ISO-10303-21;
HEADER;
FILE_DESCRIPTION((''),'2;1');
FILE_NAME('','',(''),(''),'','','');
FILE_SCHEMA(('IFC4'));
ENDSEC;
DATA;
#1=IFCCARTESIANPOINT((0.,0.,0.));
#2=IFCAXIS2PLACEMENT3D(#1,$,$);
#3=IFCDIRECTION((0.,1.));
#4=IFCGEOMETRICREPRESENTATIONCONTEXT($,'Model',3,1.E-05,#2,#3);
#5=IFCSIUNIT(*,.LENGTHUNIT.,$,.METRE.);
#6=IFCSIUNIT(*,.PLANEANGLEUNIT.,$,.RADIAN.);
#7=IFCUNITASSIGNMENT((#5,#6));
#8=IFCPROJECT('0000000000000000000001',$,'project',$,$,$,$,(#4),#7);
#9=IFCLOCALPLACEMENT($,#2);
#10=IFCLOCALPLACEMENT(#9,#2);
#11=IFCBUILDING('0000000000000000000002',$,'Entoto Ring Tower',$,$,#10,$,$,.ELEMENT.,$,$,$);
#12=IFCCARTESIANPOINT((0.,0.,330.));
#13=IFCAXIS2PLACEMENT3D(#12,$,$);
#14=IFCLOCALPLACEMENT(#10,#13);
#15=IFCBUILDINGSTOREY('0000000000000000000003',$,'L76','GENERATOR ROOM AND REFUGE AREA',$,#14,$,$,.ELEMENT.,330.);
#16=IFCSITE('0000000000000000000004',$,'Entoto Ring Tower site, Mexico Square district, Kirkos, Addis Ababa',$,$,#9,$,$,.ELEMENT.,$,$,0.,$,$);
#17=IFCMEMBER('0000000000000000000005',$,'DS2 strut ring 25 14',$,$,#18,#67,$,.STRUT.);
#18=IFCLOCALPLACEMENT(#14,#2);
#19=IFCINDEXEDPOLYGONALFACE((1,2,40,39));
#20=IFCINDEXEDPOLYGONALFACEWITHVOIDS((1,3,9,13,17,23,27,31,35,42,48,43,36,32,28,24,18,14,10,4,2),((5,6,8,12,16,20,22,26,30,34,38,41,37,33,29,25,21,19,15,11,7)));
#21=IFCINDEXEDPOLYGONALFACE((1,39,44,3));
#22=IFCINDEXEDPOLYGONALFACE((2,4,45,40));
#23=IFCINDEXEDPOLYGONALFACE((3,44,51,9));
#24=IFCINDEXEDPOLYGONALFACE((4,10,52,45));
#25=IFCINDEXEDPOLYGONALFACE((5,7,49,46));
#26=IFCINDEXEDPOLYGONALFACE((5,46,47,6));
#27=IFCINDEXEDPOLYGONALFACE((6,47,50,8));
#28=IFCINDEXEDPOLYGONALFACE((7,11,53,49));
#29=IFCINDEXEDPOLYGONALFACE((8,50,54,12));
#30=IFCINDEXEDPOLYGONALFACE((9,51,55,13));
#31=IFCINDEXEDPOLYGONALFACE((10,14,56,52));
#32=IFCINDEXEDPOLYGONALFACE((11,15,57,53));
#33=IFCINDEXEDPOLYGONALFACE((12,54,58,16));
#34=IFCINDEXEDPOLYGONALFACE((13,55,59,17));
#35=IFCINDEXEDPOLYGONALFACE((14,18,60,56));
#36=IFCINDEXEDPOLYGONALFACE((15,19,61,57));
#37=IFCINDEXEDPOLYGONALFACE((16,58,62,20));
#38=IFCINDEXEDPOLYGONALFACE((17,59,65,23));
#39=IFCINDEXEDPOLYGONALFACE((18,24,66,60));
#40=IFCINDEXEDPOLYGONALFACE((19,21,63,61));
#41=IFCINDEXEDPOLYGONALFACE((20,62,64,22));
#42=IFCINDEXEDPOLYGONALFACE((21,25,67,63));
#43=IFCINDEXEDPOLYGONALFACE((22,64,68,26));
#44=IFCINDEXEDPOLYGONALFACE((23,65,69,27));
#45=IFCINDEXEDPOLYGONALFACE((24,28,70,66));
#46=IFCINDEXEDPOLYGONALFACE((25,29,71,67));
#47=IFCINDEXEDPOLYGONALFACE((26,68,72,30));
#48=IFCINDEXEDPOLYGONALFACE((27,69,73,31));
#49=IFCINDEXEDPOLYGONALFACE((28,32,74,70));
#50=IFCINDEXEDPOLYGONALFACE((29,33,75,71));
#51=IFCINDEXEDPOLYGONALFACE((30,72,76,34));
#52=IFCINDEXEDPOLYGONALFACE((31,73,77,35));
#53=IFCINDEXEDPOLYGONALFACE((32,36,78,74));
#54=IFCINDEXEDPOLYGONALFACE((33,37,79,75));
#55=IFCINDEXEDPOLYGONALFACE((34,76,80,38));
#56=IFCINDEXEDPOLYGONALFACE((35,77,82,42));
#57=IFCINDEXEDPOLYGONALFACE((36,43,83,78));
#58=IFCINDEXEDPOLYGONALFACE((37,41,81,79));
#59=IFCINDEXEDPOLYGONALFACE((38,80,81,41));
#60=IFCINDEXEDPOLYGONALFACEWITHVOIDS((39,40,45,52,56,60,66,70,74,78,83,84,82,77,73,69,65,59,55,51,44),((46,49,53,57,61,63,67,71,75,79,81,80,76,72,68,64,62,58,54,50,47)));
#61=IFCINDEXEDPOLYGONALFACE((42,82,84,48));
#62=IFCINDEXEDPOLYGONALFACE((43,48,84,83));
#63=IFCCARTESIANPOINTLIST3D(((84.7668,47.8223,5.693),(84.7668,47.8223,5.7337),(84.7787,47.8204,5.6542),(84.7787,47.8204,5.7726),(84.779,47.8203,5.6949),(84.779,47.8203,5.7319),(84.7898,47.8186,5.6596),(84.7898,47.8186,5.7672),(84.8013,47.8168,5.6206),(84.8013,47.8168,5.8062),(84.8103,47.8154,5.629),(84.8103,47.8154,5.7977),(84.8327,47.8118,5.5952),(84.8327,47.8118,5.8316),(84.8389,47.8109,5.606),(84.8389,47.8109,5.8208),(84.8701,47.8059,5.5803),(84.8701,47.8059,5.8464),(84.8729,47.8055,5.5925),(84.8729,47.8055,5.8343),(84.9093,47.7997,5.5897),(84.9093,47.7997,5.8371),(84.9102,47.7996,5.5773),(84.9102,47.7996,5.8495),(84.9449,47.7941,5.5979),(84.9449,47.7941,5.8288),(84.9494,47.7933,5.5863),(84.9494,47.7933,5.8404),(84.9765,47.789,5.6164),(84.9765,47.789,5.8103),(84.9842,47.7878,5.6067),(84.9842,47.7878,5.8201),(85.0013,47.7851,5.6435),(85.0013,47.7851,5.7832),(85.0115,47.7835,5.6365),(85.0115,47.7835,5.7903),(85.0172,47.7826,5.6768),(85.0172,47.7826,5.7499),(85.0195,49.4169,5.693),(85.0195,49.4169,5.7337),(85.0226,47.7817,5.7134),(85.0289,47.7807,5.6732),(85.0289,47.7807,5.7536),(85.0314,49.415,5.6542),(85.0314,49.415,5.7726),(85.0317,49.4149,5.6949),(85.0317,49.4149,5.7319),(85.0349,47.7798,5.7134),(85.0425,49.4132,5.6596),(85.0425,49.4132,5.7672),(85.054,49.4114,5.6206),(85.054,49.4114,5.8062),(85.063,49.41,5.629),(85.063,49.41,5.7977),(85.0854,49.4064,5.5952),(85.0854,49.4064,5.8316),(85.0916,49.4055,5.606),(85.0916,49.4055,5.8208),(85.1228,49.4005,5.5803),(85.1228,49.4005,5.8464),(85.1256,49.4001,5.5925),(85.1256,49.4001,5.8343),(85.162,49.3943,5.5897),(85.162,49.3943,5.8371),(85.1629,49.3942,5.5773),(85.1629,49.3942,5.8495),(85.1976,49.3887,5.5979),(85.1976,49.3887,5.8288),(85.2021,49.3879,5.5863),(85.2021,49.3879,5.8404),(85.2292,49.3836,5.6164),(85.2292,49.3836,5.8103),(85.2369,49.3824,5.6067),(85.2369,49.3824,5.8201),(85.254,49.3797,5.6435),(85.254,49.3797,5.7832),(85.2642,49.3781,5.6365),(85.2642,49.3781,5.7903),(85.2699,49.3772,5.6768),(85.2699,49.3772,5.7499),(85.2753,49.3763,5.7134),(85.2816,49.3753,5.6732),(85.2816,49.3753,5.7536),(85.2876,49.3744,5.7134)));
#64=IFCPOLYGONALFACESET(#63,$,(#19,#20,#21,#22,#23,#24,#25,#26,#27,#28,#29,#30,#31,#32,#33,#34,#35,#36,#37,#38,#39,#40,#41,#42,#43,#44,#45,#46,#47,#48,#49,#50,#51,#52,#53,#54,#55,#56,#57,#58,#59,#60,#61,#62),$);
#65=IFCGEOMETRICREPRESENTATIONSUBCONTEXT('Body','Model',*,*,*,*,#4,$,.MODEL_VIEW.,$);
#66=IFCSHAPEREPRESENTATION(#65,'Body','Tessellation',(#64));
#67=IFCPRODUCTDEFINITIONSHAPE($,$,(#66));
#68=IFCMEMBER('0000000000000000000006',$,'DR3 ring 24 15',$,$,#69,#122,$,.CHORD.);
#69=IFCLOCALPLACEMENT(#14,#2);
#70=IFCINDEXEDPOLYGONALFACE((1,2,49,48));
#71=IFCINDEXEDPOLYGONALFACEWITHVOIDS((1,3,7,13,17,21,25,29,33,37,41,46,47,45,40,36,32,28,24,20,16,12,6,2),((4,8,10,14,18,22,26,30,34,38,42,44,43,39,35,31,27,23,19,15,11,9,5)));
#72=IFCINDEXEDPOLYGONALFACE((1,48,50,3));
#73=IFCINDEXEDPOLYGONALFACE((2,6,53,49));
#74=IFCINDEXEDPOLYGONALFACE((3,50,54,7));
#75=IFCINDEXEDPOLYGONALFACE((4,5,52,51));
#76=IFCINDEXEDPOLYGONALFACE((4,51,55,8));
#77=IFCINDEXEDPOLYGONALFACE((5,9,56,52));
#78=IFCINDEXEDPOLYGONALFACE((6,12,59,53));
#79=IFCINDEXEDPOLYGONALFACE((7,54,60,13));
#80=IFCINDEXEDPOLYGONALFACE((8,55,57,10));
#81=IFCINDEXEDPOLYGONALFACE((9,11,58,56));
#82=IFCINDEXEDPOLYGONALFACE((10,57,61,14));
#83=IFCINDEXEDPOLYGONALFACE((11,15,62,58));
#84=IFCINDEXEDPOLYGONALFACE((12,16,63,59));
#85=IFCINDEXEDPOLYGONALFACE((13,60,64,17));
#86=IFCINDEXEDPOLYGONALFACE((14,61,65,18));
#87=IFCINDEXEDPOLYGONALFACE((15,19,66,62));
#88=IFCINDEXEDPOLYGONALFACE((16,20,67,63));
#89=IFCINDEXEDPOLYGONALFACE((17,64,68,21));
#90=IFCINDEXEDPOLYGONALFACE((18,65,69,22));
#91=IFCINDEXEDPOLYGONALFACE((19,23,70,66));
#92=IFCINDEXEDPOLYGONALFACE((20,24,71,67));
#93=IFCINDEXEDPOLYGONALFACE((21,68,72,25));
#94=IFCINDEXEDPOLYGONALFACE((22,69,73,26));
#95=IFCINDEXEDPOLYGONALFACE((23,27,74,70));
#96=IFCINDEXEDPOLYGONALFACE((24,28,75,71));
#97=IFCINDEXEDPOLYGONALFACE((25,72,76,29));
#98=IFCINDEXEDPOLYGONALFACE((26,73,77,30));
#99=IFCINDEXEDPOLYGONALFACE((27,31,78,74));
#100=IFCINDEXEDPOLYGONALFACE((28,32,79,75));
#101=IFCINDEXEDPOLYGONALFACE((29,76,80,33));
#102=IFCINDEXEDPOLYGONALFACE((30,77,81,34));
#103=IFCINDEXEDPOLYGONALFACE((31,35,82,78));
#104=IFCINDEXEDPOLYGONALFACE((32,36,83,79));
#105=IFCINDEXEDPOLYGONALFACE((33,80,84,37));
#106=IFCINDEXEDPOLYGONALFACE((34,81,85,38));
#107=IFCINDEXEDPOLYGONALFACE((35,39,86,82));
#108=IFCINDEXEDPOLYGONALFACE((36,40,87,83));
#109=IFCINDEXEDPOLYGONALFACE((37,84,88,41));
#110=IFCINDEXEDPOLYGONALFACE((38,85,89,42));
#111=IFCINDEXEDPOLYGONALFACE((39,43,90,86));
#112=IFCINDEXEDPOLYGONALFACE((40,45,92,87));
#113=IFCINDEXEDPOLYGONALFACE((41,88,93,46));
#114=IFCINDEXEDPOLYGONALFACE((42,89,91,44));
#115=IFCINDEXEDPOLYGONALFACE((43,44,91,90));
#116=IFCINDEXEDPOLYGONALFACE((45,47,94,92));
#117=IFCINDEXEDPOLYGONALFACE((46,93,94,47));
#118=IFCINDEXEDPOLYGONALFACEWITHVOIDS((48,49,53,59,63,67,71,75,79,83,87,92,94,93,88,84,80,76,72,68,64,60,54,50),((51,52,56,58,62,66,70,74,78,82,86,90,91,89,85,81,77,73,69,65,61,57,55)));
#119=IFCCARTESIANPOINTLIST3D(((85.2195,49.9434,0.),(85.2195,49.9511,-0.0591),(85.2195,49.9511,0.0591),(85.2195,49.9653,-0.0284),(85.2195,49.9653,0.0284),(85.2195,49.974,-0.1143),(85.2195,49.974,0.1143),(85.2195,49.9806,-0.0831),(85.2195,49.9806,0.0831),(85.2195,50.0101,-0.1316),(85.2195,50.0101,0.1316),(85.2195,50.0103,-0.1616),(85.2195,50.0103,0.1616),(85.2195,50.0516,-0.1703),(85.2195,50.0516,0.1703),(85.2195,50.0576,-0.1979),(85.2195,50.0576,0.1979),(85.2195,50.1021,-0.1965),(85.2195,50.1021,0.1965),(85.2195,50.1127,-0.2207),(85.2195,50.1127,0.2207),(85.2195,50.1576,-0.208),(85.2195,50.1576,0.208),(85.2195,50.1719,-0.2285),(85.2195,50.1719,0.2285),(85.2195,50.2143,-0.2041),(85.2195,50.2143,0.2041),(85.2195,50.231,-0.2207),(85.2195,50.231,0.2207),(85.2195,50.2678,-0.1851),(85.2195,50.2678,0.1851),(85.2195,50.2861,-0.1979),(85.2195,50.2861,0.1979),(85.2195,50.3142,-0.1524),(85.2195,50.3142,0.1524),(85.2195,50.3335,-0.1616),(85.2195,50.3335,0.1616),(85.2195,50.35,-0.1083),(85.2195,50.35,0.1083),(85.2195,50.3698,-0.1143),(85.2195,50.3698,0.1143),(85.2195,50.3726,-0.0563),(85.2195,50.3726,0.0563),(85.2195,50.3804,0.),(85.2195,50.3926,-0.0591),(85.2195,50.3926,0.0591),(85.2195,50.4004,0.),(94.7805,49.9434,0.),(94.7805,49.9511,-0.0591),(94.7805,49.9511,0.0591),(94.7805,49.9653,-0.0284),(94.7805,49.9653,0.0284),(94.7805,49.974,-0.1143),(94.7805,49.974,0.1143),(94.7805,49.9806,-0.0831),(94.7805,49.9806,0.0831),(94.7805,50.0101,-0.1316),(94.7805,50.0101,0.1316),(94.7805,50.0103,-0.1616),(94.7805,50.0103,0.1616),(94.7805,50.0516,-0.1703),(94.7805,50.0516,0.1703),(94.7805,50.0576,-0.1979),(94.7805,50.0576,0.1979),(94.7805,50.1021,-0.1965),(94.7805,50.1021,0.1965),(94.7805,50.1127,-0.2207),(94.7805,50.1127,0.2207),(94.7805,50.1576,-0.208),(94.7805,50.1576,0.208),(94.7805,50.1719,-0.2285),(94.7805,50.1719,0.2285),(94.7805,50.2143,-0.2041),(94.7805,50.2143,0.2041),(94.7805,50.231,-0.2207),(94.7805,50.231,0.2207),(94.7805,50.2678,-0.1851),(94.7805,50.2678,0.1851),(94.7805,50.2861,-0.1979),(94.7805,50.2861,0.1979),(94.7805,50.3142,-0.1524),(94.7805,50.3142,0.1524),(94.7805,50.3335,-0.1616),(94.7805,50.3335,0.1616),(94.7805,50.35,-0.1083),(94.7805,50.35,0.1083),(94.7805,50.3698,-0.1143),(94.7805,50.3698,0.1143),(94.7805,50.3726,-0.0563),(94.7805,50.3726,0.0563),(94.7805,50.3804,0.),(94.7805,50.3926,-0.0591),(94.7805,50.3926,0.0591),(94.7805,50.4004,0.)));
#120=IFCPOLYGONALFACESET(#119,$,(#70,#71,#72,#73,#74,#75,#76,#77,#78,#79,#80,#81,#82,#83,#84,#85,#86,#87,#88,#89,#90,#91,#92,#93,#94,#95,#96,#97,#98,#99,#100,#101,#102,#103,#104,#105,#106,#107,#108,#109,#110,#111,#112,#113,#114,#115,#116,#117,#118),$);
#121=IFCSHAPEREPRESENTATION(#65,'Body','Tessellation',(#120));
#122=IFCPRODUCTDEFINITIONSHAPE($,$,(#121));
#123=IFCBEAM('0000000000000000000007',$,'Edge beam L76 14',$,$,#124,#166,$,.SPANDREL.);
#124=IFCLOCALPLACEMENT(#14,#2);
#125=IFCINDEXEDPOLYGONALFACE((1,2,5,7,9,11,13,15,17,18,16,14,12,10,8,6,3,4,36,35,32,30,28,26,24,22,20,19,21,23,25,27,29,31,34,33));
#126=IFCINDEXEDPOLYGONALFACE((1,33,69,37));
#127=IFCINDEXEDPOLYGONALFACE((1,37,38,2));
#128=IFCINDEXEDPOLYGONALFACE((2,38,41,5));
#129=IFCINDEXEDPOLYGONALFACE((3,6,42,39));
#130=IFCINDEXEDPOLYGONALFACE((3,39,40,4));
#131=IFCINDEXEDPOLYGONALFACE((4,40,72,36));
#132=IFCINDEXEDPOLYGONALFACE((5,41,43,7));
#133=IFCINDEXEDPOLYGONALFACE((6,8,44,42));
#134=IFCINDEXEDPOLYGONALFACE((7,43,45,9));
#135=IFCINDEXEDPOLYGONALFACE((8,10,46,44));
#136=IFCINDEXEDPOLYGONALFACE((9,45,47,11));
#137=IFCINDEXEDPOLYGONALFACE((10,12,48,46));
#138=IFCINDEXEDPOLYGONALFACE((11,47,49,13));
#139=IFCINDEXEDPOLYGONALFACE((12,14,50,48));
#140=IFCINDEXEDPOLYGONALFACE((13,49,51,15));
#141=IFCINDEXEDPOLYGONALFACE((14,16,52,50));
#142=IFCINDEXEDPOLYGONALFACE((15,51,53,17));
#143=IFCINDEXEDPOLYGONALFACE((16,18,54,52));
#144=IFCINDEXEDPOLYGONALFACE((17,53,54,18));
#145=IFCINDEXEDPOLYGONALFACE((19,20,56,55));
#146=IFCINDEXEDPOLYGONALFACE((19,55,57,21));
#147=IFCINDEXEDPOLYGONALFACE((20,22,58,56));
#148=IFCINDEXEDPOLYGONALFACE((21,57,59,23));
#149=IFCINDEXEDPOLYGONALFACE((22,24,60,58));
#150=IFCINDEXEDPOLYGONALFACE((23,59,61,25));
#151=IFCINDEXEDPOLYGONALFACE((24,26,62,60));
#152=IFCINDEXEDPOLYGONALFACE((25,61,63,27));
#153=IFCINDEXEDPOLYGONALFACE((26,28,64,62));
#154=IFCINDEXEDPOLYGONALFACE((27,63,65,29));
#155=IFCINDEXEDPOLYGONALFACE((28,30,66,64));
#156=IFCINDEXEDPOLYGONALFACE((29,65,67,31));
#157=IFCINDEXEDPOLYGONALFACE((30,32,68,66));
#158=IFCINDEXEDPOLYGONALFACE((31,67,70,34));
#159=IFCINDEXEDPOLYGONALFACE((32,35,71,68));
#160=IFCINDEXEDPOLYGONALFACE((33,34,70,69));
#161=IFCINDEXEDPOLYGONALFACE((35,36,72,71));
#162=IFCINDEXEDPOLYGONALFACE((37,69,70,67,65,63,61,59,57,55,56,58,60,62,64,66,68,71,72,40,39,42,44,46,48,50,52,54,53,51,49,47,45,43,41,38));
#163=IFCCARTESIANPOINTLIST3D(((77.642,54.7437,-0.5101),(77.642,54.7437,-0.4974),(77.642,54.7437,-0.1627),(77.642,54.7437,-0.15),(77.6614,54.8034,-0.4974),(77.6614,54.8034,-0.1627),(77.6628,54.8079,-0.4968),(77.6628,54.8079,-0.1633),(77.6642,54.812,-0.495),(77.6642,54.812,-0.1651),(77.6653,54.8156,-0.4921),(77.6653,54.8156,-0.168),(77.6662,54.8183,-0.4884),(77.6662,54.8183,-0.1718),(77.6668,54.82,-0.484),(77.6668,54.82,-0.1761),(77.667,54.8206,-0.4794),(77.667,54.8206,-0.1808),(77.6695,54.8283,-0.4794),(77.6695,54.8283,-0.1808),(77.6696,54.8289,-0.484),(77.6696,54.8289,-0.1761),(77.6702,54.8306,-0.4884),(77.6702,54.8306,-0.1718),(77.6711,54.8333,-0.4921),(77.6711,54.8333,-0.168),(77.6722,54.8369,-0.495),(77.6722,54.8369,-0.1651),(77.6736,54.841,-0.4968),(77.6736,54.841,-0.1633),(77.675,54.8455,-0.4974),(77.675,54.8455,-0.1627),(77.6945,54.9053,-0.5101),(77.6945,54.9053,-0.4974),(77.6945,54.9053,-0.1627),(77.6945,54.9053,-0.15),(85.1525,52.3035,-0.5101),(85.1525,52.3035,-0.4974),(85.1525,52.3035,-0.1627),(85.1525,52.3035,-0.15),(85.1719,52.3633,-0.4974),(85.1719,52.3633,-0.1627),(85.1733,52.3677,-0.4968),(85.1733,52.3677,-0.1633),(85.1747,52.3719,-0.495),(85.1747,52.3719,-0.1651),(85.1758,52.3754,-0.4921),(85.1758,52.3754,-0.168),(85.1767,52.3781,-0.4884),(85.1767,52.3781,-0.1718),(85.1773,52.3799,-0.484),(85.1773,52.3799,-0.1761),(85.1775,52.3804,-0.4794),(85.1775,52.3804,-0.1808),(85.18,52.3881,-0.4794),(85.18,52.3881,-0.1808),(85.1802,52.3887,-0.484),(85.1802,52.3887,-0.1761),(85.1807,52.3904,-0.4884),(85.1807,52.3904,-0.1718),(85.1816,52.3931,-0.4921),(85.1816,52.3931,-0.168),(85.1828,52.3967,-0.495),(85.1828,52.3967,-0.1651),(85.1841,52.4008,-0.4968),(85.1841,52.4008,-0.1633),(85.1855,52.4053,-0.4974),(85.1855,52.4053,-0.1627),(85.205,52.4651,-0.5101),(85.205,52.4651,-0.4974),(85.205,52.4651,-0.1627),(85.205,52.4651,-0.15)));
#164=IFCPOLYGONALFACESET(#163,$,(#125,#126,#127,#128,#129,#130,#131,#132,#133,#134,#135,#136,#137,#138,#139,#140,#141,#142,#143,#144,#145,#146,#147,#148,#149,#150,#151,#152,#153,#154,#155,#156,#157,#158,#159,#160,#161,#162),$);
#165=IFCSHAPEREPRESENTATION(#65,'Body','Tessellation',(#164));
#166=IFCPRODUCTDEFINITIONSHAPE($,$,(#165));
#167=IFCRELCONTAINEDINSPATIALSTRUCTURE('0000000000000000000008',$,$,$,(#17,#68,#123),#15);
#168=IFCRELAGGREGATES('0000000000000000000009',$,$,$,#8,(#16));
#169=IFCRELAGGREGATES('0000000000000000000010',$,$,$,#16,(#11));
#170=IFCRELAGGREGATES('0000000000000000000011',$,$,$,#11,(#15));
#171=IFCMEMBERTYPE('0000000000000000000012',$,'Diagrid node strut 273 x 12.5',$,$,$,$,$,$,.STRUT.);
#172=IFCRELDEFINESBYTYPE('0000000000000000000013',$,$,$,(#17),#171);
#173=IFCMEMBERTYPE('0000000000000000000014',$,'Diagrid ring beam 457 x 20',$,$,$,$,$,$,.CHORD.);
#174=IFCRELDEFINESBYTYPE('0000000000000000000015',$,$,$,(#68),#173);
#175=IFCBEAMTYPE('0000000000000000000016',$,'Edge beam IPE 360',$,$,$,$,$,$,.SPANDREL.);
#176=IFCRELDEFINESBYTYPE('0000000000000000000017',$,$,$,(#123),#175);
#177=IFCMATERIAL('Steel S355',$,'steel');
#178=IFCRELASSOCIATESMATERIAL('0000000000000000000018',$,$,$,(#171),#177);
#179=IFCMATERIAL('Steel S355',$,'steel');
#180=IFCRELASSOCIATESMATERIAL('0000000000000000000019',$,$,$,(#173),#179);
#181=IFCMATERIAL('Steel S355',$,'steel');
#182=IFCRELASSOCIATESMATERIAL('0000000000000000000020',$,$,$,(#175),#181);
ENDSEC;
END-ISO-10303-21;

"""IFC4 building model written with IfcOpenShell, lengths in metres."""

from ifc_helpers import new_model, si_unit, direction, frame, origin, origin_2d, place, context, subcontext, project, spatial, circle, hollow_circle, i_section, extrude, material, material_profile, profile_set, type_object, element, save


model = new_model("IFC4")

# Units and contexts
model_context = context("Model", 3, precision=1e-05, world=origin(), true_north=direction((0.0, 1.0)))
body_context = subcontext(model_context, "Body", "Model", "MODEL_VIEW")
ifc_project = project(units=[si_unit("LENGTHUNIT", "METRE"), si_unit("PLANEANGLEUNIT", "RADIAN")], contexts=[model_context])

# Site, building, storey
site_placement = place(None, origin())
site = spatial("IfcSite", under=ifc_project, at=site_placement, Name="Entoto Ring Tower site, Mexico Square district, Kirkos, Addis Ababa", CompositionType="ELEMENT", RefElevation=0.0)
building_placement = place(site_placement, origin())
building = spatial("IfcBuilding", under=site, at=building_placement, Name="Entoto Ring Tower", CompositionType="ELEMENT")
storey_placement = place(building_placement, frame((0.0, 0.0, 330.0)))
storey = spatial("IfcBuildingStorey", under=building, at=storey_placement, Name="L76", Description="GENERATOR ROOM AND REFUGE AREA", CompositionType="ELEMENT", Elevation=330.0)

# Members
ifc_material_1 = material(Name="Steel S355", Category="steel")
ifc_material_profile_1 = material_profile(ifc_material_1, hollow_circle(Radius=0.1365, WallThickness=0.0125, at=origin_2d()), Name="CHS 273 x 12.5")
ifc_material_2 = material(Name="Concrete C60/75", Category="concrete")
ifc_material_profile_2 = material_profile(ifc_material_2, circle(Radius=0.124, at=origin_2d()), Name="Concrete C60/75 infill")
ifc_profile_set_1 = profile_set([ifc_material_profile_1, ifc_material_profile_2], Name="Steel S355")
member_type_1 = type_object("IfcMemberType", Name="Diagrid node strut 273 x 12.5", PredefinedType="STRUT", material=ifc_profile_set_1)
member_1_placement = place(storey_placement, frame((85.1528, 49.3958, 5.7134), z_axis=(-0.156522, -0.987675, 0.0), x_axis=(0.987675, -0.156522, 0.0)))
element("IfcMember", 1, at=member_1_placement, inside=storey, type_object=member_type_1, Name="DS2 strut ring 25 14", PredefinedType="STRUT", context=body_context, shape_type="SweptSolid", body=[
    extrude(hollow_circle(Radius=0.1365, WallThickness=0.0125, at=origin_2d()), origin(), (0.0, 0.0, 1.0), 1.6145),
])
ifc_material_3 = material(Name="Steel S355", Category="steel")
ifc_material_profile_3 = material_profile(ifc_material_3, hollow_circle(Radius=0.2285, WallThickness=0.02, at=origin_2d()), Name="CHS 457 x 20")
ifc_material_4 = material(Name="Concrete C60/75", Category="concrete")
ifc_material_profile_4 = material_profile(ifc_material_4, circle(Radius=0.2085, at=origin_2d()), Name="Concrete C60/75 infill")
ifc_profile_set_2 = profile_set([ifc_material_profile_3, ifc_material_profile_4], Name="Steel S355")
member_type_2 = type_object("IfcMemberType", Name="Diagrid ring beam 457 x 20", PredefinedType="CHORD", material=ifc_profile_set_2)
member_2_placement = place(storey_placement, frame((85.2195, 50.1719, 0.0), z_axis=(1.0, 0.0, 0.0), x_axis=(0.0, 1.0, 0.0)))
element("IfcMember", 2, at=member_2_placement, inside=storey, type_object=member_type_2, Name="DR3 ring 24 15", PredefinedType="CHORD", context=body_context, shape_type="SweptSolid", body=[
    extrude(hollow_circle(Radius=0.2285, WallThickness=0.02, at=origin_2d()), origin(), (0.0, 0.0, 1.0), 9.561),
])

# Beam
ifc_material_5 = material(Name="Steel S355", Category="steel")
ifc_material_profile_5 = material_profile(ifc_material_5, i_section(OverallWidth=0.1699, OverallDepth=0.3601, WebThickness=0.0081, FlangeThickness=0.0127, FilletRadius=0.0181, at=origin_2d()), Name="IPE 360")
ifc_profile_set_3 = profile_set([ifc_material_profile_5], Name="Steel S355")
beam_type = type_object("IfcBeamType", Name="Edge beam IPE 360", PredefinedType="SPANDREL", material=ifc_profile_set_3)
for number, where, z_axis, x_axis, name in (
    (3, (77.6682, 54.8245, -0.3301), (0.951061, -0.309003, 0.0), (0.309003, 0.951061, 0.0), "Edge beam L76 14"),
):
    element("IfcBeam", number, at=place(storey_placement, frame(where, z_axis=z_axis, x_axis=x_axis)), inside=storey, type_object=beam_type, Name=name, PredefinedType="SPANDREL", context=body_context, shape_type="SweptSolid", body=[
        extrude(i_section(OverallWidth=0.1699, OverallDepth=0.3601, WebThickness=0.0081, FlangeThickness=0.0127, FilletRadius=0.0181, at=origin_2d()), origin(), (0.0, 0.0, 1.0), 7.897),
    ])

save(model, "model.ifc")
